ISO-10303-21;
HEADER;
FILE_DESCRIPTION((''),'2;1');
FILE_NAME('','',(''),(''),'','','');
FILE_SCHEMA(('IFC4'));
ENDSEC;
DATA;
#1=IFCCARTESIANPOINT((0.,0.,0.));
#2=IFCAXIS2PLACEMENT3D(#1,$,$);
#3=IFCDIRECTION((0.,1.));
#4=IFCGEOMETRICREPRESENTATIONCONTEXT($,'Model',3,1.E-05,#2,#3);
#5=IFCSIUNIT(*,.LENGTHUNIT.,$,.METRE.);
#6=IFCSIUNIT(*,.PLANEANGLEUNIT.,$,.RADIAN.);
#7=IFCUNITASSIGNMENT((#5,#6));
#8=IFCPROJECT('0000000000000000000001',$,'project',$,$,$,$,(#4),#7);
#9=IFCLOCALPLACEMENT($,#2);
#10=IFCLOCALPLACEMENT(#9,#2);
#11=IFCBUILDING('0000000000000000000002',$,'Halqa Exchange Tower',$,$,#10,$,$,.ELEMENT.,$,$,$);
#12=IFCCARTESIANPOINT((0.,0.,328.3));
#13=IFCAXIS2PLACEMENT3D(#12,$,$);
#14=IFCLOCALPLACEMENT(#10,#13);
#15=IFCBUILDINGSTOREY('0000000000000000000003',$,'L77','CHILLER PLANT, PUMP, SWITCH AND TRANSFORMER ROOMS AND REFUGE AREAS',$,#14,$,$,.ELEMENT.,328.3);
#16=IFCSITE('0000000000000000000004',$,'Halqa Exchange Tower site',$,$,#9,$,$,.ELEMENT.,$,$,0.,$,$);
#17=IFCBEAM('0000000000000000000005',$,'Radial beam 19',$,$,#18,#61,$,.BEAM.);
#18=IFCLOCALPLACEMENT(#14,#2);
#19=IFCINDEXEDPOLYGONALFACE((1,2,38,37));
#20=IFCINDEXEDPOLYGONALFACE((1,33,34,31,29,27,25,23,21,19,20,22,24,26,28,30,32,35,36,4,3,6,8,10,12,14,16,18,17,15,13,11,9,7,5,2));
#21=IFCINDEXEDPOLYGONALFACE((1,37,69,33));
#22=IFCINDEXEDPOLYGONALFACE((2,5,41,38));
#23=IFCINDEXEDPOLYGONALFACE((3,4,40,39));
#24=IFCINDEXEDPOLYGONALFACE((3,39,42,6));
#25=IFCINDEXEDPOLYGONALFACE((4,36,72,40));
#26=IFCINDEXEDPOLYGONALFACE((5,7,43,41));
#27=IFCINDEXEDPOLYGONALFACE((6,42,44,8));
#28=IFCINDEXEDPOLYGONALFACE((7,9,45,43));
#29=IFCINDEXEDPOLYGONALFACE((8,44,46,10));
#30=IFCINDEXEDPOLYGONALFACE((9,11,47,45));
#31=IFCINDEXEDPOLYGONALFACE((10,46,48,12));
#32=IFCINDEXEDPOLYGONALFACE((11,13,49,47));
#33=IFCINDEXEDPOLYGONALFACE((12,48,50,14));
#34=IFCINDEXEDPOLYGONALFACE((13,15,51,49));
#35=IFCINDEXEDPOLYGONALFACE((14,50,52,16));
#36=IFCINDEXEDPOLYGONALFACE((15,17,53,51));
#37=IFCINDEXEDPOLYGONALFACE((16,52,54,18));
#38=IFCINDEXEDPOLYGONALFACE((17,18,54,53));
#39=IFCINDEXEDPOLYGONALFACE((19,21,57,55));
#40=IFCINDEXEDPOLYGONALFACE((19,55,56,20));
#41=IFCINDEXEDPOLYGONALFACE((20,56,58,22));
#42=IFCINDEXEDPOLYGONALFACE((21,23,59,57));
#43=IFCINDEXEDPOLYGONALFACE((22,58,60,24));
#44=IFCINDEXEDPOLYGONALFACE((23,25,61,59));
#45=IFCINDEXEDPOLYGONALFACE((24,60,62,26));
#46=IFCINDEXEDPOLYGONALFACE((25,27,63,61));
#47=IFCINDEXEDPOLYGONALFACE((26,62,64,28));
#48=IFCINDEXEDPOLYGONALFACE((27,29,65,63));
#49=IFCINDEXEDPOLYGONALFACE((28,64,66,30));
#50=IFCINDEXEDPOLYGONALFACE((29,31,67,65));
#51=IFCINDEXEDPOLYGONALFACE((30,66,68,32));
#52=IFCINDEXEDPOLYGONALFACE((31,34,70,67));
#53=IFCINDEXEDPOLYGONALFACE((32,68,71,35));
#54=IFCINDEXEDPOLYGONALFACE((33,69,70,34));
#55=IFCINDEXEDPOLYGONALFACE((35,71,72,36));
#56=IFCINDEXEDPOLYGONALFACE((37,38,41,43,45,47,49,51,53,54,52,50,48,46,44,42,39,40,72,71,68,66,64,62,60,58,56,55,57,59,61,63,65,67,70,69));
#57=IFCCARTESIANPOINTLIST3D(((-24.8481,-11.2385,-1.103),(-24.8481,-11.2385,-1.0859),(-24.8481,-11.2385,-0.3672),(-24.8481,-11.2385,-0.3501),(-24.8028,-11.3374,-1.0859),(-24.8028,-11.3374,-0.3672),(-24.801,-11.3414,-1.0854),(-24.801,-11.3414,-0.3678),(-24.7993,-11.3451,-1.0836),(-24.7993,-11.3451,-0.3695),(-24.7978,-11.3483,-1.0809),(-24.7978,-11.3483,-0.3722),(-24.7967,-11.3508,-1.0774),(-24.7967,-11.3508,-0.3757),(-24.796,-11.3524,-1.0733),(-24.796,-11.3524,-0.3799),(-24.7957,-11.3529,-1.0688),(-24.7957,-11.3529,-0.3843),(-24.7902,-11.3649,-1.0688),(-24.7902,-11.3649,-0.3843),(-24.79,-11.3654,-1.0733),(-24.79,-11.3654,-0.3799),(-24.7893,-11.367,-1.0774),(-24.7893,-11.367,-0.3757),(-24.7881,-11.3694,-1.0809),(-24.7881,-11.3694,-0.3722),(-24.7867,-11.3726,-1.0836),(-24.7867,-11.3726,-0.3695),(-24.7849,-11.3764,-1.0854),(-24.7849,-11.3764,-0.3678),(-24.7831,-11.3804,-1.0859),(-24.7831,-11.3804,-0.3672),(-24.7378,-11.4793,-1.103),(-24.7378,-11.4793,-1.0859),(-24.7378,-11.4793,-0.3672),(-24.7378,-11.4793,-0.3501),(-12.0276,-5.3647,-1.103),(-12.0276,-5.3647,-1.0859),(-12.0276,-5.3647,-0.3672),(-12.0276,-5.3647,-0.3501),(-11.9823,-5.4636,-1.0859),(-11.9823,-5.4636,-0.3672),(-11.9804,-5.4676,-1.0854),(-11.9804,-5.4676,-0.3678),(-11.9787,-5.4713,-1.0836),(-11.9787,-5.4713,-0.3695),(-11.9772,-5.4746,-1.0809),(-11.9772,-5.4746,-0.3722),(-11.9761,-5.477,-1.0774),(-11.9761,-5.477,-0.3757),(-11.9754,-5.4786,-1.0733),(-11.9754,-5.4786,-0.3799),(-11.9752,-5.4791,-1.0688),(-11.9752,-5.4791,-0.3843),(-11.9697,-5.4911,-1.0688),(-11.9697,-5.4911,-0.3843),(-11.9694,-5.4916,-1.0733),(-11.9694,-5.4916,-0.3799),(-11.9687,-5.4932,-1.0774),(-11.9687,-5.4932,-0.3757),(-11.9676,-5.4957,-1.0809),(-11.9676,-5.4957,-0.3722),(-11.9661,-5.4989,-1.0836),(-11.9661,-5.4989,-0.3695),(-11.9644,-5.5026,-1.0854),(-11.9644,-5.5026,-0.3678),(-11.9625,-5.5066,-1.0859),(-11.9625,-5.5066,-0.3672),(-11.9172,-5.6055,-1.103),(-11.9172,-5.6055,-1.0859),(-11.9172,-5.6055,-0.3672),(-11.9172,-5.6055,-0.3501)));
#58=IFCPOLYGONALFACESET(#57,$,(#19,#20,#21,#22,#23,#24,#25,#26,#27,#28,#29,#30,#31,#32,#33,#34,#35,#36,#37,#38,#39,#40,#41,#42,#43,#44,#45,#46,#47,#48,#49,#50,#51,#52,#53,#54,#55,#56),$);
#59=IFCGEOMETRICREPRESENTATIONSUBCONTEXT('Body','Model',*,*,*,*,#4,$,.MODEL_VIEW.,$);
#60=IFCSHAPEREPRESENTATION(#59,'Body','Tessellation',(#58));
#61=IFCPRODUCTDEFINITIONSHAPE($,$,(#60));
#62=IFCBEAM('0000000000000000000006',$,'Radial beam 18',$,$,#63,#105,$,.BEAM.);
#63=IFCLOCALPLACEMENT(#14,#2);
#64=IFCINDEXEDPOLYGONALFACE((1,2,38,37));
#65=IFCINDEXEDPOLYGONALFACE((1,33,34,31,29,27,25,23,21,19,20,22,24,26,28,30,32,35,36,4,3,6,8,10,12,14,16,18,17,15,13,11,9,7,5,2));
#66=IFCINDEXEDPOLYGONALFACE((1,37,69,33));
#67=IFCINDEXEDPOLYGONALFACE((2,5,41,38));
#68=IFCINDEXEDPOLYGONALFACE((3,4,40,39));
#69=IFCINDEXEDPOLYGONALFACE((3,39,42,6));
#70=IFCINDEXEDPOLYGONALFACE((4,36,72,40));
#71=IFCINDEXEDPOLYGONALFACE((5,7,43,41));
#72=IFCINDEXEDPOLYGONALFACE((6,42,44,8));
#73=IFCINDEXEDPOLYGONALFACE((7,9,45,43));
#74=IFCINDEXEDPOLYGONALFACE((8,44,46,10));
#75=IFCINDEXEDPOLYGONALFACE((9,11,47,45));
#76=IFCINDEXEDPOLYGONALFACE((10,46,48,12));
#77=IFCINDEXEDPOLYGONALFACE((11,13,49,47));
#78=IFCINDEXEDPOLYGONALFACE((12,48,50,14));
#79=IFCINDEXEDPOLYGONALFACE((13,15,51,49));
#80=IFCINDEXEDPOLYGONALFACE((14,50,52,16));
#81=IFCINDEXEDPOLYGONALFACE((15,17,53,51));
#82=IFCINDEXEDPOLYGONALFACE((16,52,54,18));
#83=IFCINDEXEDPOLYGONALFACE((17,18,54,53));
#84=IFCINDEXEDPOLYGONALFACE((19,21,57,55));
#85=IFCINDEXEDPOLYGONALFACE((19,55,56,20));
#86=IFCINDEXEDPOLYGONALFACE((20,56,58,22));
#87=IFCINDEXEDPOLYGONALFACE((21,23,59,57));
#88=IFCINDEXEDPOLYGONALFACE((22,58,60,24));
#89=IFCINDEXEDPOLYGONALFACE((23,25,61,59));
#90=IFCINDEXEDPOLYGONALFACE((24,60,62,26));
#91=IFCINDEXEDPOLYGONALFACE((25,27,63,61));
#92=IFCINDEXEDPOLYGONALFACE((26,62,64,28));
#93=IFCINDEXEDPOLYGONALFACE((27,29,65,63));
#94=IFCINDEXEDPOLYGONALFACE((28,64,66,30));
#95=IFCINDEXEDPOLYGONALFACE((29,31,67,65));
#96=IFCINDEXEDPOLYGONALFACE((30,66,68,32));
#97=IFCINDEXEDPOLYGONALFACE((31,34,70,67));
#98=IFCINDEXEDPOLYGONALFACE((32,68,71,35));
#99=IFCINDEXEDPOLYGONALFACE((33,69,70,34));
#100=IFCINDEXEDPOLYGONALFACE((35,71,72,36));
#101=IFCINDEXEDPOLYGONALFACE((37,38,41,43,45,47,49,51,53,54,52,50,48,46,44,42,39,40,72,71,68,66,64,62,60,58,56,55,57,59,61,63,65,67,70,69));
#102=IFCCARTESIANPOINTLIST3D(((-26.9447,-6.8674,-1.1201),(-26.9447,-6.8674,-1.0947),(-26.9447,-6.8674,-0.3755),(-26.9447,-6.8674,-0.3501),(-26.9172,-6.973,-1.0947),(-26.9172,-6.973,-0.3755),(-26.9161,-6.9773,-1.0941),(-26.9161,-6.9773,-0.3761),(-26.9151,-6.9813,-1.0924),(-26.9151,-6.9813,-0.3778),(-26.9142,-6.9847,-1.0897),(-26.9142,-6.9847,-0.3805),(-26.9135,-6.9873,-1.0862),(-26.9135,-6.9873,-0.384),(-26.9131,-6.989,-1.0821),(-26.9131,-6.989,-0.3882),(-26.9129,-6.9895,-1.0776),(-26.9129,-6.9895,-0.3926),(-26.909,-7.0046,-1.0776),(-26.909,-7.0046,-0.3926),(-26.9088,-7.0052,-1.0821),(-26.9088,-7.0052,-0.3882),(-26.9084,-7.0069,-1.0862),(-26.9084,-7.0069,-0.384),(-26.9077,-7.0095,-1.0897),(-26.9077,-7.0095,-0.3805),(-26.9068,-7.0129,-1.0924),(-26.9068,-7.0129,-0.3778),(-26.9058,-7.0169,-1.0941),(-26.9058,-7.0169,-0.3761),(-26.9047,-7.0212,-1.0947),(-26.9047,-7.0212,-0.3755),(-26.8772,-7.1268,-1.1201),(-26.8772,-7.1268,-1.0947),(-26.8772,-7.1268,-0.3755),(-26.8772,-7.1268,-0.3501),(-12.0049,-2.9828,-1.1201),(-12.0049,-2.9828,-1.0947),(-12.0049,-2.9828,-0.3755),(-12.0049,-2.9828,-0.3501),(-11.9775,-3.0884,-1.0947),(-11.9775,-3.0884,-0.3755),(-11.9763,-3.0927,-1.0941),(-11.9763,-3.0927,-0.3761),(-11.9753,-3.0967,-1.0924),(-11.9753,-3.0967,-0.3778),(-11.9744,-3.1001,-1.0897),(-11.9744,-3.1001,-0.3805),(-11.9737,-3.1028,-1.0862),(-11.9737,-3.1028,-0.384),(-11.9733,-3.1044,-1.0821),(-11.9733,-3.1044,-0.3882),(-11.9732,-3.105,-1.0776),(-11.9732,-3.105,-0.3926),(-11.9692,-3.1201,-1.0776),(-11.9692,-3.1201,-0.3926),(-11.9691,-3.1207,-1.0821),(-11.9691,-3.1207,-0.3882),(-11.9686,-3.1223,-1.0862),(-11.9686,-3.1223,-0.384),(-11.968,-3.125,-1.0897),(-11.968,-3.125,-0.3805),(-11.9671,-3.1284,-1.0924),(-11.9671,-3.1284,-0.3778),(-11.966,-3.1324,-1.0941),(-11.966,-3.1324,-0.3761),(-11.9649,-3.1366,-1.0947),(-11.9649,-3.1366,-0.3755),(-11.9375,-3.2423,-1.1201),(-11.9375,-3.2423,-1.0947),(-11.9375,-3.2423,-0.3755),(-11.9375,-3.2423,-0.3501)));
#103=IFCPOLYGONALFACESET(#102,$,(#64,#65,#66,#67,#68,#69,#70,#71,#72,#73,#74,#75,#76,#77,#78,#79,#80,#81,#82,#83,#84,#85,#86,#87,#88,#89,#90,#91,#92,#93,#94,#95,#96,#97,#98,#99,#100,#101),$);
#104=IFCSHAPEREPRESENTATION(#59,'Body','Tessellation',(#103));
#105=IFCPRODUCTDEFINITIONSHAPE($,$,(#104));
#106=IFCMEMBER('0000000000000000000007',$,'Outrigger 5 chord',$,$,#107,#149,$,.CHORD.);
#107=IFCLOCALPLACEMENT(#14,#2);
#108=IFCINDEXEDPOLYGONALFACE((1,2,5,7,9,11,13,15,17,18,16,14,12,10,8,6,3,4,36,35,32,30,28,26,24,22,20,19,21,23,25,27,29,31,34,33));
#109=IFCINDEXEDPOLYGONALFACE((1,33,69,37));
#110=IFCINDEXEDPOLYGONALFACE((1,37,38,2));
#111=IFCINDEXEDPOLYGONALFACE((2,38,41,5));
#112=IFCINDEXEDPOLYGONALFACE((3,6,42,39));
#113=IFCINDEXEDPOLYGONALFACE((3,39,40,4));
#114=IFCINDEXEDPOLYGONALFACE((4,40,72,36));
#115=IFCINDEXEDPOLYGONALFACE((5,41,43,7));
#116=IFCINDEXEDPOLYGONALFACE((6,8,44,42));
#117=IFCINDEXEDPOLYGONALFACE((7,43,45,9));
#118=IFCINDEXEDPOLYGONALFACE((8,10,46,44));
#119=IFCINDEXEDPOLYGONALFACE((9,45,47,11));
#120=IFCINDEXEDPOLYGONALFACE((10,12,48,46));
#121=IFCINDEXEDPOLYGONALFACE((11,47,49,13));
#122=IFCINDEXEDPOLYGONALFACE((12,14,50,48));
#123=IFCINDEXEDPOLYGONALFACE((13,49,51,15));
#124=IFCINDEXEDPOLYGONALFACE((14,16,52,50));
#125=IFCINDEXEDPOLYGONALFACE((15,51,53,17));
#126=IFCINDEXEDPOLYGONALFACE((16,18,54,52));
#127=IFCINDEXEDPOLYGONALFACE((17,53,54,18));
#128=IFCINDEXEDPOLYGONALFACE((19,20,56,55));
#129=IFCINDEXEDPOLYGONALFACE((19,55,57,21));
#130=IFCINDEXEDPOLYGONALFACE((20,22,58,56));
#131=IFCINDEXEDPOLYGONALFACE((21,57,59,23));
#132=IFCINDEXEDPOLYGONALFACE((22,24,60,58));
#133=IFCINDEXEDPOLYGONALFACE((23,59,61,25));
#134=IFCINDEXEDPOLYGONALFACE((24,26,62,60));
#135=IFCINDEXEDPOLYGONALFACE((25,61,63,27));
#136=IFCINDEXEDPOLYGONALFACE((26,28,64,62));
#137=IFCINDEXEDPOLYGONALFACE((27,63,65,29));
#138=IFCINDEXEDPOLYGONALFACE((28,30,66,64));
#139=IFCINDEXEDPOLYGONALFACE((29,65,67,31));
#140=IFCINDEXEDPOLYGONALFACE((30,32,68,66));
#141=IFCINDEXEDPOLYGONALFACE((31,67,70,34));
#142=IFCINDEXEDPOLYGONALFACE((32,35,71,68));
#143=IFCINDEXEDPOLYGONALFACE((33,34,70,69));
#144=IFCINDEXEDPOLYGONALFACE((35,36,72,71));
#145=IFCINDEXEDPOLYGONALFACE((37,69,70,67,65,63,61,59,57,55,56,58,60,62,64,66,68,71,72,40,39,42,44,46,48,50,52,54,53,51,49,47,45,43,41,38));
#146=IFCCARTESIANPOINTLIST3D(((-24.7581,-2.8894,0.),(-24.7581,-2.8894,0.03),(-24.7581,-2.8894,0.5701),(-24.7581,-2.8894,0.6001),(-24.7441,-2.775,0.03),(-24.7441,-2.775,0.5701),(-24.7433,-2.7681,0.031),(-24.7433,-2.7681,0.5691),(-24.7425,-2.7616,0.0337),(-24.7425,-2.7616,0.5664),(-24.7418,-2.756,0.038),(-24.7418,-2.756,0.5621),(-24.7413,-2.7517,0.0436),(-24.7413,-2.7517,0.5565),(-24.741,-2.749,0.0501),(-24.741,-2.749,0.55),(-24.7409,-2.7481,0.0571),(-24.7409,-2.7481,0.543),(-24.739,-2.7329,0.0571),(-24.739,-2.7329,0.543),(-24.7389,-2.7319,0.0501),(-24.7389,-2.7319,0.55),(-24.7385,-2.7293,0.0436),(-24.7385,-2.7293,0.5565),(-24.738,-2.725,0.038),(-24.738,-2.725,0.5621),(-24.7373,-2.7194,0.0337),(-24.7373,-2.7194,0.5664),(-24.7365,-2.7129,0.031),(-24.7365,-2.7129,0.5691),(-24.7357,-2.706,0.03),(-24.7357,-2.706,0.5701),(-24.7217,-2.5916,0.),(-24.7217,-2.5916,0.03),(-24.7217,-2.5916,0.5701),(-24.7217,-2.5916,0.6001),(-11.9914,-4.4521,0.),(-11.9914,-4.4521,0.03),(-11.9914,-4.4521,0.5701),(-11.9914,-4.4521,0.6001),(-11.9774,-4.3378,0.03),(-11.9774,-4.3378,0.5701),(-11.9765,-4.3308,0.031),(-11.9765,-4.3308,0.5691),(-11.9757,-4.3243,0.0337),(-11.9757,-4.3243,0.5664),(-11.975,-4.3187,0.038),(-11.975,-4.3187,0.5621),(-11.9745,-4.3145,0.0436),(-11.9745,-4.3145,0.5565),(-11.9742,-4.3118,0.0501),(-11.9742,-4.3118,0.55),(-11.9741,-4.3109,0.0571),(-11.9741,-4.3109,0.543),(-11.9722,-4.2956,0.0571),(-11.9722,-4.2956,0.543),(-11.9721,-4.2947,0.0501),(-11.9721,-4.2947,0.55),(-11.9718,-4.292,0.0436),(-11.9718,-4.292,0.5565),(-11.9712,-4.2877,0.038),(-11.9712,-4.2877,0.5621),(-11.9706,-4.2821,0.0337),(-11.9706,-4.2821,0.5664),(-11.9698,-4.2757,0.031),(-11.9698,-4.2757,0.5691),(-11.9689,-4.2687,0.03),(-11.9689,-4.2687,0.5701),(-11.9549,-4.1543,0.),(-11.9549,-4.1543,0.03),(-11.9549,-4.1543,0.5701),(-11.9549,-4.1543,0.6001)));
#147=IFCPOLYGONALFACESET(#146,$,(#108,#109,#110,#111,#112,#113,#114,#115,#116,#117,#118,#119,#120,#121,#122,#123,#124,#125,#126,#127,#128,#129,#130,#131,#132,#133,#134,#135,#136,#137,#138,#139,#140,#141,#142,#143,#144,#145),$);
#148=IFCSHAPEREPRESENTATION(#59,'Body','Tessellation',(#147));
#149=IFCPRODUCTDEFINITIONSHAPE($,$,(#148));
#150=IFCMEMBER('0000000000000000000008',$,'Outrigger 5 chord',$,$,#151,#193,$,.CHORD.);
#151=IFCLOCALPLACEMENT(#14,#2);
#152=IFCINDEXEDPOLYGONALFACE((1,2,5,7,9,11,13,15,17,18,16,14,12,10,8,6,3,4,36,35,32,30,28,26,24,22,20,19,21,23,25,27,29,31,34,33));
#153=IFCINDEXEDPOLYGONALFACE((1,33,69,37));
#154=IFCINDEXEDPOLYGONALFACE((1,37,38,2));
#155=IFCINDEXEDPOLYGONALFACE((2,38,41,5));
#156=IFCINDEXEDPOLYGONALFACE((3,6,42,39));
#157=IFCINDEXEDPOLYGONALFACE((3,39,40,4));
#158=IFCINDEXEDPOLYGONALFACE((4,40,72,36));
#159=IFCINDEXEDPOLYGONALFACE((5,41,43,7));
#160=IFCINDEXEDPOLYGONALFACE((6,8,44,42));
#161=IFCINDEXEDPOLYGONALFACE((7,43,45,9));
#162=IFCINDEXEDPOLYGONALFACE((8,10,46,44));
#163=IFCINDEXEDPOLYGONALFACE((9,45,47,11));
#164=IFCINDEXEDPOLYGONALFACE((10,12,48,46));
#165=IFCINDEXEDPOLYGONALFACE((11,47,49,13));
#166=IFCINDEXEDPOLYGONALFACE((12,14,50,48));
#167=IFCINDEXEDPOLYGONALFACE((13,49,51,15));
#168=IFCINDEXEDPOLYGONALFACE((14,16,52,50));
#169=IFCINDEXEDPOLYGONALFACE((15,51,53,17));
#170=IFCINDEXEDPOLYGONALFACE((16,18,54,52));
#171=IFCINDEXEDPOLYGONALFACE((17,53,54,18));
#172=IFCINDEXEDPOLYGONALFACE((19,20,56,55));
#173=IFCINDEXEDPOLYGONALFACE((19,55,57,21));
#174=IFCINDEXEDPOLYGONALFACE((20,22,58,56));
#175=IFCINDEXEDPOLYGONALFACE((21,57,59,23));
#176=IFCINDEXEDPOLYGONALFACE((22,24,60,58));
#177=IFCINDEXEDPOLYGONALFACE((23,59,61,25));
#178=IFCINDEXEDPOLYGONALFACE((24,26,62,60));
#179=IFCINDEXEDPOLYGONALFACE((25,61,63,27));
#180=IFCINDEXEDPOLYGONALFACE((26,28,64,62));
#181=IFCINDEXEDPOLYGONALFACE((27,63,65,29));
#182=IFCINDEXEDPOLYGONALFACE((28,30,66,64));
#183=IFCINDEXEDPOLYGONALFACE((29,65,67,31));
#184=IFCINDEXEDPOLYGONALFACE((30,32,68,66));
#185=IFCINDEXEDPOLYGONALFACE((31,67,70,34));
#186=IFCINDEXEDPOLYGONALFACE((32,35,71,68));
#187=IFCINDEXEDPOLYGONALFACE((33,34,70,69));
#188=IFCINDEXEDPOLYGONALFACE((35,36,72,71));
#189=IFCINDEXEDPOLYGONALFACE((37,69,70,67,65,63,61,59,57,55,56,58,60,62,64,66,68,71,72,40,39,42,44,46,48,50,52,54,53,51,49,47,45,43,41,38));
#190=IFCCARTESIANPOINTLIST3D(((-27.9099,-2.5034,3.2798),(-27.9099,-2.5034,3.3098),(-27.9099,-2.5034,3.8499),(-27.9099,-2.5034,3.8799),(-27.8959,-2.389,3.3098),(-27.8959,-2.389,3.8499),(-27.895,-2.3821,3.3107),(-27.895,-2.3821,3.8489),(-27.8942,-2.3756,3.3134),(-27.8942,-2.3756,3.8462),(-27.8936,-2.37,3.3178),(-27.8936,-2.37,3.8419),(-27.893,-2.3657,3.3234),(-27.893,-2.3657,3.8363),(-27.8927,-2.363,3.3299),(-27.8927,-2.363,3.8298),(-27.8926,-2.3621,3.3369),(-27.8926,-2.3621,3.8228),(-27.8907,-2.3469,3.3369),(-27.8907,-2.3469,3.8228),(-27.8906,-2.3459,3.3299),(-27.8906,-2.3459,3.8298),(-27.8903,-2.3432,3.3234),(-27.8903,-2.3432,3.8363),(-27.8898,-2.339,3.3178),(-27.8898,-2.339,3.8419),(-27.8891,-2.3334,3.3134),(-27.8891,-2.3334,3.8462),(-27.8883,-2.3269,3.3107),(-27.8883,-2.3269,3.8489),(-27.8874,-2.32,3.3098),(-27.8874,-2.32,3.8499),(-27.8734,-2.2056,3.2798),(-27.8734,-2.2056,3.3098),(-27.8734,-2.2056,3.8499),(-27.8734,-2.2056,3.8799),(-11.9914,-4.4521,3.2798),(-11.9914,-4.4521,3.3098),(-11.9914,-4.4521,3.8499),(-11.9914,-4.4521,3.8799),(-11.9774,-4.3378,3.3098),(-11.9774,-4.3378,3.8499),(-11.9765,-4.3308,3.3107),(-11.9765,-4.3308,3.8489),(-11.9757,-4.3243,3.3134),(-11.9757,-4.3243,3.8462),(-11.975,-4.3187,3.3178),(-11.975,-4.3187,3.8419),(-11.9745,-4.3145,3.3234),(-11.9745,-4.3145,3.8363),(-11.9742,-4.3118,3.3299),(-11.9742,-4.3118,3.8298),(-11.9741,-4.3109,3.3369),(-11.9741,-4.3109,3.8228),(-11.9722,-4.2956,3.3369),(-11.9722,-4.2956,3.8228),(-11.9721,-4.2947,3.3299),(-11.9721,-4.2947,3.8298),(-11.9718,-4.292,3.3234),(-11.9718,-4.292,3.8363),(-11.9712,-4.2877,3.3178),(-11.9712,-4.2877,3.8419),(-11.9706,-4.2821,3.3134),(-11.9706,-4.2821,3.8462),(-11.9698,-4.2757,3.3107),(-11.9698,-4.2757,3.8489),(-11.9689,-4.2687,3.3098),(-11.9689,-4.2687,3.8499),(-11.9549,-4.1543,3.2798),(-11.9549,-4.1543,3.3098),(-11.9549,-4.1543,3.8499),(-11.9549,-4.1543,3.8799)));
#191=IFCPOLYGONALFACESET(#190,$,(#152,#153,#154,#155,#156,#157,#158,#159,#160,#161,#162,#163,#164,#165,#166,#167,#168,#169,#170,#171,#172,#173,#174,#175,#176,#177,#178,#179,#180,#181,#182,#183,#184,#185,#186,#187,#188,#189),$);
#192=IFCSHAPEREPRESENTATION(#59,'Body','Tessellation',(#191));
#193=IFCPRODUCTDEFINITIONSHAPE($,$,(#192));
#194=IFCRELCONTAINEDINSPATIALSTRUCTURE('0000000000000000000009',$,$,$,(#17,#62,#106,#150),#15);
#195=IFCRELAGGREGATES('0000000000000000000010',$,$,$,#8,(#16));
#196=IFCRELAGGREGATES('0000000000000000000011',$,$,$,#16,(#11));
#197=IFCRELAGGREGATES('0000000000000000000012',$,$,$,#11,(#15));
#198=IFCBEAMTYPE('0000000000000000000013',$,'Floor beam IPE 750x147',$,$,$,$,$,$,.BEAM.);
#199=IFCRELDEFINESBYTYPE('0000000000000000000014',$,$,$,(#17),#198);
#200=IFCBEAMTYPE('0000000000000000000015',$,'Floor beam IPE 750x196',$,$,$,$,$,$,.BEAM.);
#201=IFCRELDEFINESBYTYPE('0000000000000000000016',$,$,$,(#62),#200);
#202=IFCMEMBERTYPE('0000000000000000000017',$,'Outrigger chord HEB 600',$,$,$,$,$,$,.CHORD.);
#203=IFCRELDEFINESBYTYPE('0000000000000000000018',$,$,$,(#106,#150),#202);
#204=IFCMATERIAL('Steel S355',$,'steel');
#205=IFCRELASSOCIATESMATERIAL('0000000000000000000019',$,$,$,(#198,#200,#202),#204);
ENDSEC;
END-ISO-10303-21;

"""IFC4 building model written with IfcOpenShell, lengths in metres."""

from ifc_helpers import new_model, si_unit, direction, frame, origin, origin_2d, place, context, subcontext, project, spatial, i_section, extrude, material, material_profile, profile_set, type_object, element, save


model = new_model("IFC4")

# Units and contexts
model_context = context("Model", 3, precision=1e-05, world=origin(), true_north=direction((0.0, 1.0)))
body_context = subcontext(model_context, "Body", "Model", "MODEL_VIEW")
ifc_project = project(units=[si_unit("LENGTHUNIT", "METRE"), si_unit("PLANEANGLEUNIT", "RADIAN")], contexts=[model_context])

# Site, building, storey
site_placement = place(None, origin())
site = spatial("IfcSite", under=ifc_project, at=site_placement, Name="Halqa Exchange Tower site", CompositionType="ELEMENT", RefElevation=0.0)
building_placement = place(site_placement, origin())
building = spatial("IfcBuilding", under=site, at=building_placement, Name="Halqa Exchange Tower", CompositionType="ELEMENT")
storey_placement = place(building_placement, frame((0.0, 0.0, 328.3)))
storey = spatial("IfcBuildingStorey", under=building, at=storey_placement, Name="L77", Description="CHILLER PLANT, PUMP, SWITCH AND TRANSFORMER ROOMS AND REFUGE AREAS", CompositionType="ELEMENT", Elevation=328.3)

# Beams
ifc_material_1 = material(Name="Steel S355", Category="steel")
ifc_material_profile_1 = material_profile(ifc_material_1, i_section(OverallWidth=0.2649, OverallDepth=0.7529, WebThickness=0.0132, FlangeThickness=0.0171, FilletRadius=0.0171, at=origin_2d()), Name="IPE 750x147")
ifc_profile_set_1 = profile_set([ifc_material_profile_1], Name="Steel S355")
beam_type_1 = type_object("IfcBeamType", Name="Floor beam IPE 750x147", PredefinedType="BEAM", material=ifc_profile_set_1)
beam_1_placement = place(storey_placement, frame((-11.9724, -5.4851, -0.7266), z_axis=(-0.909127, -0.416519, 0.0), x_axis=(0.416519, -0.909127, 0.0)))
element("IfcBeam", 1, at=beam_1_placement, inside=storey, type_object=beam_type_1, Name="Radial beam 19", PredefinedType="BEAM", context=body_context, shape_type="SweptSolid", body=[
    extrude(i_section(OverallWidth=0.2649, OverallDepth=0.7529, WebThickness=0.0132, FlangeThickness=0.0171, FilletRadius=0.0171, at=origin_2d()), origin(), (0.0, 0.0, 1.0), 14.1021),
])
ifc_material_profile_2 = material_profile(ifc_material_1, i_section(OverallWidth=0.2681, OverallDepth=0.77, WebThickness=0.0156, FlangeThickness=0.0254, FilletRadius=0.0171, at=origin_2d()), Name="IPE 750x196")
ifc_profile_set_2 = profile_set([ifc_material_profile_2], Name="Steel S355")
beam_type_2 = type_object("IfcBeamType", Name="Floor beam IPE 750x196", PredefinedType="BEAM", material=ifc_profile_set_2)
beam_2_placement = place(storey_placement, frame((-11.9712, -3.1125, -0.7351), z_axis=(-0.967819, -0.251646, 0.0), x_axis=(0.251646, -0.967819, 0.0)))
element("IfcBeam", 2, at=beam_2_placement, inside=storey, type_object=beam_type_2, Name="Radial beam 18", PredefinedType="BEAM", context=body_context, shape_type="SweptSolid", body=[
    extrude(i_section(OverallWidth=0.2681, OverallDepth=0.77, WebThickness=0.0156, FlangeThickness=0.0254, FilletRadius=0.0171, at=origin_2d()), origin(), (0.0, 0.0, 1.0), 15.4365),
])

# Members
ifc_material_profile_3 = material_profile(ifc_material_1, i_section(OverallWidth=0.3, OverallDepth=0.6001, WebThickness=0.0154, FlangeThickness=0.03, FilletRadius=0.0271, at=origin_2d()), Name="HEB 600")
ifc_profile_set_3 = profile_set([ifc_material_profile_3], Name="Steel S355")
member_type_1 = type_object("IfcMemberType", Name="Outrigger chord HEB 600", PredefinedType="CHORD", material=ifc_profile_set_3)
member_1_placement = place(storey_placement, frame((-11.9731, -4.3032, 0.3), z_axis=(-0.992591, 0.1215, 0.0), x_axis=(-0.1215, -0.992591, 0.0)))
element("IfcMember", 3, at=member_1_placement, inside=storey, type_object=member_type_1, Name="Outrigger 5 chord", PredefinedType="CHORD", context=body_context, shape_type="SweptSolid", body=[
    extrude(i_section(OverallWidth=0.3, OverallDepth=0.6001, WebThickness=0.0154, FlangeThickness=0.03, FilletRadius=0.0271, at=origin_2d()), origin(), (0.0, 0.0, 1.0), 12.8621),
])
member_2_placement = place(storey_placement, frame((-11.9731, -4.3032, 3.5798), z_axis=(-0.99259, 0.121512, 0.0), x_axis=(-0.121512, -0.99259, 0.0)))
element("IfcMember", 4, at=member_2_placement, inside=storey, type_object=member_type_1, Name="Outrigger 5 chord", PredefinedType="CHORD", context=body_context, shape_type="SweptSolid", body=[
    extrude(i_section(OverallWidth=0.3, OverallDepth=0.6001, WebThickness=0.0154, FlangeThickness=0.03, FilletRadius=0.0271, at=origin_2d()), origin(), (0.0, 0.0, 1.0), 16.0374),
])

save(model, "model.ifc")
